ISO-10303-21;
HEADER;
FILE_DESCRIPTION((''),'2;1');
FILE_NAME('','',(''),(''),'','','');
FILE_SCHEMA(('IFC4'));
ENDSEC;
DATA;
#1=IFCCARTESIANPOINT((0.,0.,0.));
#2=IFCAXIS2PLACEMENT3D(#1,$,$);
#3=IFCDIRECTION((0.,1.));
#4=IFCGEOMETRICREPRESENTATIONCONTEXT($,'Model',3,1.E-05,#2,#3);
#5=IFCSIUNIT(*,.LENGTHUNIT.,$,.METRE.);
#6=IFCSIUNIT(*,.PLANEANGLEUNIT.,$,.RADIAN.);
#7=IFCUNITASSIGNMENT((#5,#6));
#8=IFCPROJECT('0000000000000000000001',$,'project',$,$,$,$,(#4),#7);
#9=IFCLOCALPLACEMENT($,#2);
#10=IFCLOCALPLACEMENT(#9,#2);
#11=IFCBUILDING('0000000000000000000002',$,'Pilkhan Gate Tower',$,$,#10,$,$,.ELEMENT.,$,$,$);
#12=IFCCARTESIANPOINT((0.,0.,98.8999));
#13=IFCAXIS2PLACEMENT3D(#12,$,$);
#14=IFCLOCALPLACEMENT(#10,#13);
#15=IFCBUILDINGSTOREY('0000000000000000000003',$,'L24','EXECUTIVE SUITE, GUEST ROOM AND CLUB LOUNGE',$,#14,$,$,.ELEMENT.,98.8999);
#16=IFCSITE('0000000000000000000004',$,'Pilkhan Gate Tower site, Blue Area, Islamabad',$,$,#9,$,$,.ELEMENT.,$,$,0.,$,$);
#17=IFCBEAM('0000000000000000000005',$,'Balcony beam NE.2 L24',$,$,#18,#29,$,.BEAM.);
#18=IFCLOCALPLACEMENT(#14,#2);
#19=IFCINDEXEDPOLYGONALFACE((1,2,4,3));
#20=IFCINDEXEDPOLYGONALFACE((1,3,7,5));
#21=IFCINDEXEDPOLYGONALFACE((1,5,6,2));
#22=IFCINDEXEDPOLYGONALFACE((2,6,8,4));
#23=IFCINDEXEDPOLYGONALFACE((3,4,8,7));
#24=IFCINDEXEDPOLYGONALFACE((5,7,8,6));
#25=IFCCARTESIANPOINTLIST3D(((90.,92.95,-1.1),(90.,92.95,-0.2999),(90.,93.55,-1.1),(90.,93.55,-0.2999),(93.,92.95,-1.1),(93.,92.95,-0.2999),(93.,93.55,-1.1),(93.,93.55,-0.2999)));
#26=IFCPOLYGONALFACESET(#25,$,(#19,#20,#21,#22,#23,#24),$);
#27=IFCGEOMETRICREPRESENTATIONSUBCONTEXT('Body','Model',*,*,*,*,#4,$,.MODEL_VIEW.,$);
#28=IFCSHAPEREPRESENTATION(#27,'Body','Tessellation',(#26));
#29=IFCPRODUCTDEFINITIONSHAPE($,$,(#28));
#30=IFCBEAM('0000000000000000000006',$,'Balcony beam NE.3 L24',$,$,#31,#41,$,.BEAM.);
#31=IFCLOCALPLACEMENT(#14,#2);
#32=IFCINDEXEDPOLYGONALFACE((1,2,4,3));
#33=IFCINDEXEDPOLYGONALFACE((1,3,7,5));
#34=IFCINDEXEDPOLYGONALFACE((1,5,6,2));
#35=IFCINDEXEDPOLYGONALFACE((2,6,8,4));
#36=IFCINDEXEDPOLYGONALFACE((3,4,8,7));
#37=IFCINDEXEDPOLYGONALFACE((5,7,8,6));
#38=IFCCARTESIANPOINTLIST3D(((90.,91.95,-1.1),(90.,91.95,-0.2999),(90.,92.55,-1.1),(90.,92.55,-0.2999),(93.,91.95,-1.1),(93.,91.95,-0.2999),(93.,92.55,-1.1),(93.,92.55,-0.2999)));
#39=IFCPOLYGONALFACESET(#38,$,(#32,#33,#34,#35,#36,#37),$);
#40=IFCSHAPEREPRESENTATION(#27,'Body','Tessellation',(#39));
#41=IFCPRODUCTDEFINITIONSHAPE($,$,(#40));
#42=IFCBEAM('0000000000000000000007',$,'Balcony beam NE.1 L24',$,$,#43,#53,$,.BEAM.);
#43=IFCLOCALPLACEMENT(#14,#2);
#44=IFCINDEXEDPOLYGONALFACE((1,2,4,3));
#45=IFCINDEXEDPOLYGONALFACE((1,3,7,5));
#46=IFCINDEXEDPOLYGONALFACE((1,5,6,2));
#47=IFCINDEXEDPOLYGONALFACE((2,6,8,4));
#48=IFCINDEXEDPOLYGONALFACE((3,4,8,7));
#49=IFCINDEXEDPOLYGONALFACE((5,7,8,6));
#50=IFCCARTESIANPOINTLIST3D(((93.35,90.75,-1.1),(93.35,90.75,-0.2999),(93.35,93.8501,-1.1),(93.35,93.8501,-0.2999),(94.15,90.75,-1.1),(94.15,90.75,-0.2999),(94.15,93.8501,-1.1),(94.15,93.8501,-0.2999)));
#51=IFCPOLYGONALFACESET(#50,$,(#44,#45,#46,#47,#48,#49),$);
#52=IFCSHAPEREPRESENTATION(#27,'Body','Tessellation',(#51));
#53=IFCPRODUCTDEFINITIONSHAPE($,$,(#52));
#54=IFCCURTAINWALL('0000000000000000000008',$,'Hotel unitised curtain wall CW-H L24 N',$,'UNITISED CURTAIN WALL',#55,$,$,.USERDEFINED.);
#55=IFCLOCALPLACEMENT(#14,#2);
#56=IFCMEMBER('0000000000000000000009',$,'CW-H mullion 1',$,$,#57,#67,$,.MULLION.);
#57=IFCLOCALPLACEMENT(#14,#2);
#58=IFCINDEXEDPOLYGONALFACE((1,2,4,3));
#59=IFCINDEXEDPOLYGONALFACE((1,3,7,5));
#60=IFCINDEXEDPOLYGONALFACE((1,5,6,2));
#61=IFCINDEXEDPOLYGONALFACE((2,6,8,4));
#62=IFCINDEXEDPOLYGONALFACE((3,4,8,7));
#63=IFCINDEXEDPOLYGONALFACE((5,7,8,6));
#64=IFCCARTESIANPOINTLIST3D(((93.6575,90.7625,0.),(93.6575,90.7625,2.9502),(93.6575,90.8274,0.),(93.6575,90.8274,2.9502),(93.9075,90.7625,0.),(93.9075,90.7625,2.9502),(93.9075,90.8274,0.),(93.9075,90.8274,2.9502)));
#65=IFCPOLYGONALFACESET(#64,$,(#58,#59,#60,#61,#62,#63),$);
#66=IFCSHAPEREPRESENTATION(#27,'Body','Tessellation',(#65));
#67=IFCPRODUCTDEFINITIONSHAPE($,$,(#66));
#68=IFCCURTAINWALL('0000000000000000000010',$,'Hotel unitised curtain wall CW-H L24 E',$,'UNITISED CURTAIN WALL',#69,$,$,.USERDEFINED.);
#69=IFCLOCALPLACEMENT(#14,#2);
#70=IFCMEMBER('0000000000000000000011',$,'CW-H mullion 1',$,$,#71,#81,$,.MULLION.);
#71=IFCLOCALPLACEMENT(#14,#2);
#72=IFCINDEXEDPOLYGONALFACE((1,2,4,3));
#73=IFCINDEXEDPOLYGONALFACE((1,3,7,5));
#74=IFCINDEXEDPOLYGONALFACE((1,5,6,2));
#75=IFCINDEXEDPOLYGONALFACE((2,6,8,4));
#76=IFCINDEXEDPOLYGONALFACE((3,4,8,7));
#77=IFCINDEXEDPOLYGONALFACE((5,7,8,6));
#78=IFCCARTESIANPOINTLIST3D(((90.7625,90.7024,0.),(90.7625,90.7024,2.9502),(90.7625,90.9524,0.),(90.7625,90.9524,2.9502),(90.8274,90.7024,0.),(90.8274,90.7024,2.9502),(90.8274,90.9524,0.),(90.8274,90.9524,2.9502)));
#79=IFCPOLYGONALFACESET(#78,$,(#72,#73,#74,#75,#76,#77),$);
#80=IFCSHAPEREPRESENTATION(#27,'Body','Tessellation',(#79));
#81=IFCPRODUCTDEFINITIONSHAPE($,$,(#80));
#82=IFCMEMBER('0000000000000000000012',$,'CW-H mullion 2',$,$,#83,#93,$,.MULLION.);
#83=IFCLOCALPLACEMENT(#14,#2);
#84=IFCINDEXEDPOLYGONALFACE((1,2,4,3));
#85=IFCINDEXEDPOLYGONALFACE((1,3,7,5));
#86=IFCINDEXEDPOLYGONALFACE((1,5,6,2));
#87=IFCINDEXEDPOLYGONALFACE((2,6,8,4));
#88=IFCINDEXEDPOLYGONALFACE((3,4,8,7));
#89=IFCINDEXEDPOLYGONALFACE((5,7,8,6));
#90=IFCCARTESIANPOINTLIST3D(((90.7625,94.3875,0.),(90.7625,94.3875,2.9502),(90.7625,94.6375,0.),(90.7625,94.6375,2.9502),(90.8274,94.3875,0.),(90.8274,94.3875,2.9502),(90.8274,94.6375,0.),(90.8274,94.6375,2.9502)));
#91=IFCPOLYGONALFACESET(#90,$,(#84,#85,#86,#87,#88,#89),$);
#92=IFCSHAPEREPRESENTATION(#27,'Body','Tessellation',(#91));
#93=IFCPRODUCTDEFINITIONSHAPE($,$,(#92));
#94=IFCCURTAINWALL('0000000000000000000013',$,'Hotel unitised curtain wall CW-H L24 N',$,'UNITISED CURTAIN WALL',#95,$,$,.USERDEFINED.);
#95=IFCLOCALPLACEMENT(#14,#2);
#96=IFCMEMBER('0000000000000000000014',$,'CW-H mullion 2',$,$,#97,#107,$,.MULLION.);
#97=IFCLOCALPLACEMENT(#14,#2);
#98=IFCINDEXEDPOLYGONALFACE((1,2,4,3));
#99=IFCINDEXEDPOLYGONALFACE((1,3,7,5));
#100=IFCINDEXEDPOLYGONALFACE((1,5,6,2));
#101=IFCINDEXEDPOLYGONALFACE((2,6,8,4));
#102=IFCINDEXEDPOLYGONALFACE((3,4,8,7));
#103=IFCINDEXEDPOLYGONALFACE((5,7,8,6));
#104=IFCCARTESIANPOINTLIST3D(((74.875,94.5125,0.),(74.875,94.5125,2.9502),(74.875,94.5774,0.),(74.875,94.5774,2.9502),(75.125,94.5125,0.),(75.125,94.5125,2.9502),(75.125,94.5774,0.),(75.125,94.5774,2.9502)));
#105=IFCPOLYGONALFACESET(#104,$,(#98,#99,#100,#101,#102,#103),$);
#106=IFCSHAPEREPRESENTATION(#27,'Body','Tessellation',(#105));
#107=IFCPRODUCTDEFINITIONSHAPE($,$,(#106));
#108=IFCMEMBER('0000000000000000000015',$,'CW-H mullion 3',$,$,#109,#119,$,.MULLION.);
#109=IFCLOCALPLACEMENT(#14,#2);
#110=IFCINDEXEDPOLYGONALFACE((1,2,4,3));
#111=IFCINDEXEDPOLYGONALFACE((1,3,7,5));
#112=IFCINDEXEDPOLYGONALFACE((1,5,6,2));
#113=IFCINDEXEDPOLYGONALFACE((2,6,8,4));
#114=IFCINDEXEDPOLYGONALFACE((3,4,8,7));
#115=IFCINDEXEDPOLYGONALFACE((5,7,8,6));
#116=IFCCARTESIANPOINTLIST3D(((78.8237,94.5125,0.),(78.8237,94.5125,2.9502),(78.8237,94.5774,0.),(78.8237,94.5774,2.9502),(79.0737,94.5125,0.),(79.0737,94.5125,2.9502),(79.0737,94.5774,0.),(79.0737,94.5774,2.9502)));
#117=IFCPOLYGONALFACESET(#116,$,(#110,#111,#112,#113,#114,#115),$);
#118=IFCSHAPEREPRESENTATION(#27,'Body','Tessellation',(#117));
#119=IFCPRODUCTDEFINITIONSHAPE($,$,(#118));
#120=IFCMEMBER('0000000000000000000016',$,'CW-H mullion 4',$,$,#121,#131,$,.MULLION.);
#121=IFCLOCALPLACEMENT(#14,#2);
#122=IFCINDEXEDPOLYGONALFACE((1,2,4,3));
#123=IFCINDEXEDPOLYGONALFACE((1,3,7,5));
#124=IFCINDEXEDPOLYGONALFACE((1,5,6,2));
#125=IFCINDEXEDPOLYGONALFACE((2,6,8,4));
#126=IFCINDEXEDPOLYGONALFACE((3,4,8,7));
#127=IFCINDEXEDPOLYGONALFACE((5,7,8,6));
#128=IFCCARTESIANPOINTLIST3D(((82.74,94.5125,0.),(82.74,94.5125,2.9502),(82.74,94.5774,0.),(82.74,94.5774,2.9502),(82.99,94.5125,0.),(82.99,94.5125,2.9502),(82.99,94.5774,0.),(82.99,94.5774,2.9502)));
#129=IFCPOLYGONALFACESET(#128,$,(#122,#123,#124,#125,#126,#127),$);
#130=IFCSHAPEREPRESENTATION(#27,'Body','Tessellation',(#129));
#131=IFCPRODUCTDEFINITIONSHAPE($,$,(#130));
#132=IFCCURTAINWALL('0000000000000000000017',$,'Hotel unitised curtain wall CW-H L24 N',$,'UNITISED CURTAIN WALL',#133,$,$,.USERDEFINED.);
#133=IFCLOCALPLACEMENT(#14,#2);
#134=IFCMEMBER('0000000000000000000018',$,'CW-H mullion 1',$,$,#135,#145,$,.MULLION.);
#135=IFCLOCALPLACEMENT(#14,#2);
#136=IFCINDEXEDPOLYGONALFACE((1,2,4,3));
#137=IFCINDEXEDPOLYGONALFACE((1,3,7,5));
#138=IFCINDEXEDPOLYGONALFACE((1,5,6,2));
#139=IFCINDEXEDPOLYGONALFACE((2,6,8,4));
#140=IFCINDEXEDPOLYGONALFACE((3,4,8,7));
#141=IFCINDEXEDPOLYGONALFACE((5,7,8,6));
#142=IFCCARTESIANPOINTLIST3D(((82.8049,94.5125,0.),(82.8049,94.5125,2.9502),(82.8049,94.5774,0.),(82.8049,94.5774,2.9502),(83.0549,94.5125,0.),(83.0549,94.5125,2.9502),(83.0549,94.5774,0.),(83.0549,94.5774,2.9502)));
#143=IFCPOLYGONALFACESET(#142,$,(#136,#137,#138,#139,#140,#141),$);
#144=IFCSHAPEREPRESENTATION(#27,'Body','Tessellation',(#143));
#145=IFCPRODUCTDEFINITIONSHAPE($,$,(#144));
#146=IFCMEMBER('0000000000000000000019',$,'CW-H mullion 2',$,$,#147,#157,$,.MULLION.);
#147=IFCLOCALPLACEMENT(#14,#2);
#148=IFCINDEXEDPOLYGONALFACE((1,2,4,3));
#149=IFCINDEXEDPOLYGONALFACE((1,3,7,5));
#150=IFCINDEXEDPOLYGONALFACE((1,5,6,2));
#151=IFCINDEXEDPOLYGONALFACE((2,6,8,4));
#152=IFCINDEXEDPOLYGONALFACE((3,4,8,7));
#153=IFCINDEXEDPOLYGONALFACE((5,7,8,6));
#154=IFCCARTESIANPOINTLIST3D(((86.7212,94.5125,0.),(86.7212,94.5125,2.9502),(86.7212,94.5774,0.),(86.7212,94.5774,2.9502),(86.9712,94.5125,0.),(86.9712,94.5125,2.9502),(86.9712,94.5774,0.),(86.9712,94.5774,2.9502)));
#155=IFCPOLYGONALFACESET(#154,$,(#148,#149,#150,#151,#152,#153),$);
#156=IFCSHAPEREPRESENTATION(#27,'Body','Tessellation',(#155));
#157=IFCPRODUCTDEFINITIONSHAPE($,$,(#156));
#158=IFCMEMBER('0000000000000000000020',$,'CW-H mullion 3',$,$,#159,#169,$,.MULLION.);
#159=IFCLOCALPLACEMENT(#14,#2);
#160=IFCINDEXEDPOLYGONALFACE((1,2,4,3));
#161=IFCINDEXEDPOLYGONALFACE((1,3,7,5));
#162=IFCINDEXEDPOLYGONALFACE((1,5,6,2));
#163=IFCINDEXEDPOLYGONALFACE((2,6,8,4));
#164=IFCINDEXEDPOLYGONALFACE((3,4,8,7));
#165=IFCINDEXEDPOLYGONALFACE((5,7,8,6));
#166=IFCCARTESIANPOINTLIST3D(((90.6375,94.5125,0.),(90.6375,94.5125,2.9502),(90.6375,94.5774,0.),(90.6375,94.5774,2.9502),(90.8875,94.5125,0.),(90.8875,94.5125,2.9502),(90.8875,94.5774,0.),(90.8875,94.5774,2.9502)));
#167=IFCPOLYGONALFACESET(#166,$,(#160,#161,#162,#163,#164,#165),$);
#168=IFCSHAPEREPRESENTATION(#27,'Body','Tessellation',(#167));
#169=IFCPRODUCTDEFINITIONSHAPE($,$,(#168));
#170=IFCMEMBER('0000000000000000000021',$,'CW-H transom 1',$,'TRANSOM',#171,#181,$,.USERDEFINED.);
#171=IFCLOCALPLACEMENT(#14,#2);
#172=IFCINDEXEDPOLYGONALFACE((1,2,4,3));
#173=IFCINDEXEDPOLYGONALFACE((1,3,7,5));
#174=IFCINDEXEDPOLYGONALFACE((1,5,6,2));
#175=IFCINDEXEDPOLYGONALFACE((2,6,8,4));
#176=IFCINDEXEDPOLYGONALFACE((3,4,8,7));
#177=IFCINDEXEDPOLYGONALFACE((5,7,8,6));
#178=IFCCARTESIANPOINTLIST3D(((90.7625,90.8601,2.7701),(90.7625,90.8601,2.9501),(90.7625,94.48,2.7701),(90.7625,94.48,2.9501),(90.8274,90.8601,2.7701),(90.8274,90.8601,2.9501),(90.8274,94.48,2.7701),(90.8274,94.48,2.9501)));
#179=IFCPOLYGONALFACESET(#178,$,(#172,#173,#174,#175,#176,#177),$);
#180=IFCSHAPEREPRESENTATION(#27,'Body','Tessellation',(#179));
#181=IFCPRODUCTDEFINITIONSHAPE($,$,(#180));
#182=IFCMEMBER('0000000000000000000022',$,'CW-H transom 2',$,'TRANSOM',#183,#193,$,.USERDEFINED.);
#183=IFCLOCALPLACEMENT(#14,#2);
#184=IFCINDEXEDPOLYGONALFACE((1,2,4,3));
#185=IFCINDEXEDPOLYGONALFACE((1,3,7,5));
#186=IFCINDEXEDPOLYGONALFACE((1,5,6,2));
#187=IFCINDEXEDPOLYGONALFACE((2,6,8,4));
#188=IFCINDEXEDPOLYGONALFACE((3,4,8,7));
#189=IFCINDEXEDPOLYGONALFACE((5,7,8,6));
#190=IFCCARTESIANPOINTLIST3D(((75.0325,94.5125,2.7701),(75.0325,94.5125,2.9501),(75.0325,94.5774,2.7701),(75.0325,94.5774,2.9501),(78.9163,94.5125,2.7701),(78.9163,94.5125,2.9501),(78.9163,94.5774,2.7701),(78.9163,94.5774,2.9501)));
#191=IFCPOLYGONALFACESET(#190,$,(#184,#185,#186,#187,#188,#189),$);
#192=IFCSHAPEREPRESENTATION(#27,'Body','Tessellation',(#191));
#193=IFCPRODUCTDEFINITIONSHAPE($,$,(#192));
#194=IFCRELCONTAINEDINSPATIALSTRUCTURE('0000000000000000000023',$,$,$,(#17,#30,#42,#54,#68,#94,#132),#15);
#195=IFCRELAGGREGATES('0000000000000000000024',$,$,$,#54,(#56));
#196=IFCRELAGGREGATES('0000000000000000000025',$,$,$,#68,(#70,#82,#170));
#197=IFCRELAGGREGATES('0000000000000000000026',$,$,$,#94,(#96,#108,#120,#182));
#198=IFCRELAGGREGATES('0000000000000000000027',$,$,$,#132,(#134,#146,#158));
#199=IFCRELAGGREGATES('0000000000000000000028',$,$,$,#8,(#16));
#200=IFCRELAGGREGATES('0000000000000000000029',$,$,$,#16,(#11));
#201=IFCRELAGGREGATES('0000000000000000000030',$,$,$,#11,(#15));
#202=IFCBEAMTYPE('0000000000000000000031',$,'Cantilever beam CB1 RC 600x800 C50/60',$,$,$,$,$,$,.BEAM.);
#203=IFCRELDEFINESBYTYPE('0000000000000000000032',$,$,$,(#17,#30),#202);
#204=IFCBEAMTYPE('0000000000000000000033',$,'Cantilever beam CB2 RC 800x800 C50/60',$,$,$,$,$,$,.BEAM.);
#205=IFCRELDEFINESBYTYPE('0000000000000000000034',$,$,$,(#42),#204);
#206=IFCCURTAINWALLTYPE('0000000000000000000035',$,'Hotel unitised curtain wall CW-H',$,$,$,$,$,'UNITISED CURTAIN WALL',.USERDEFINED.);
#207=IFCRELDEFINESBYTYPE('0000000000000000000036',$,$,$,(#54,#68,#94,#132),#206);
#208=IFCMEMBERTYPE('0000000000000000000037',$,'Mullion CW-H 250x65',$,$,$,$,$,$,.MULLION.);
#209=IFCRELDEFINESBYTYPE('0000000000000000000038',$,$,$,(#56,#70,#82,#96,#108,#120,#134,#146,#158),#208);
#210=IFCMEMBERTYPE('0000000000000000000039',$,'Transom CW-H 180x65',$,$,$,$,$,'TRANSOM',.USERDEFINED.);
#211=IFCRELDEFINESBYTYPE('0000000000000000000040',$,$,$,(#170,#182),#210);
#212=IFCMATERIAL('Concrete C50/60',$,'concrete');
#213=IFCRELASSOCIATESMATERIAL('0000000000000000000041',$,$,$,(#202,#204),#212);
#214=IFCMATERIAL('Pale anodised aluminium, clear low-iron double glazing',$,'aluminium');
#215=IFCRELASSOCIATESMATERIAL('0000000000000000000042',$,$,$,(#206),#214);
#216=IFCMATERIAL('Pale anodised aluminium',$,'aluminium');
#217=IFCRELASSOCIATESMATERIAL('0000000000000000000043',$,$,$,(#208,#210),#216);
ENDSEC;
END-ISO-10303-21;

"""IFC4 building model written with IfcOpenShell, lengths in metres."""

from ifc_helpers import new_model, si_unit, direction, frame, origin, origin_2d, place, context, subcontext, project, spatial, rectangle, extrude, material, material_profile, profile_set, type_object, element, aggregate, save


model = new_model("IFC4")

# Units and contexts
model_context = context("Model", 3, precision=1e-05, world=origin(), true_north=direction((0.0, 1.0)))
body_context = subcontext(model_context, "Body", "Model", "MODEL_VIEW")
ifc_project = project(units=[si_unit("LENGTHUNIT", "METRE"), si_unit("PLANEANGLEUNIT", "RADIAN")], contexts=[model_context])

# Site, building, storey
site_placement = place(None, origin())
site = spatial("IfcSite", under=ifc_project, at=site_placement, Name="Pilkhan Gate Tower site, Blue Area, Islamabad", CompositionType="ELEMENT", RefElevation=0.0)
building_placement = place(site_placement, origin())
building = spatial("IfcBuilding", under=site, at=building_placement, Name="Pilkhan Gate Tower", CompositionType="ELEMENT")
storey_placement = place(building_placement, frame((0.0, 0.0, 98.8999)))
storey = spatial("IfcBuildingStorey", under=building, at=storey_placement, Name="L24", Description="EXECUTIVE SUITE, GUEST ROOM AND CLUB LOUNGE", CompositionType="ELEMENT", Elevation=98.8999)

# Beams
ifc_material_1 = material(Name="Concrete C50/60", Category="concrete")
ifc_material_profile_1 = material_profile(ifc_material_1, rectangle(XDim=0.6001, YDim=0.8, at=origin_2d()), Name="RC 600x800")
ifc_profile_set_1 = profile_set([ifc_material_profile_1], Name="Concrete C50/60")
beam_type_1 = type_object("IfcBeamType", Name="Cantilever beam CB1 RC 600x800 C50/60", PredefinedType="BEAM", material=ifc_profile_set_1)
for number, where, z_axis, x_axis, name in (
    (1, (90.0, 93.25, -0.7), (1.0, 0.0, 0.0), (0.0, 1.0, 0.0), "Balcony beam NE.2 L24"),
    (2, (90.0, 92.25, -0.7), (1.0, 0.0, 0.0), (0.0, 1.0, 0.0), "Balcony beam NE.3 L24"),
):
    element("IfcBeam", number, at=place(storey_placement, frame(where, z_axis=z_axis, x_axis=x_axis)), inside=storey, type_object=beam_type_1, Name=name, PredefinedType="BEAM", context=body_context, shape_type="SweptSolid", body=[
        extrude(rectangle(XDim=0.6001, YDim=0.8, at=origin_2d()), origin(), (0.0, 0.0, 1.0), 3.0),
    ])
ifc_material_profile_2 = material_profile(ifc_material_1, rectangle(XDim=0.8, YDim=0.8, at=origin_2d()), Name="RC 800x800")
ifc_profile_set_2 = profile_set([ifc_material_profile_2], Name="Concrete C50/60")
beam_type_2 = type_object("IfcBeamType", Name="Cantilever beam CB2 RC 800x800 C50/60", PredefinedType="BEAM", material=ifc_profile_set_2)
beam_placement = place(storey_placement, frame((93.75, 90.75, -0.7), z_axis=(0.0, 1.0, 0.0), x_axis=(-1.0, 0.0, 0.0)))
element("IfcBeam", 3, at=beam_placement, inside=storey, type_object=beam_type_2, Name="Balcony beam NE.1 L24", PredefinedType="BEAM", context=body_context, shape_type="SweptSolid", body=[
    extrude(rectangle(XDim=0.8, YDim=0.8, at=origin_2d()), origin(), (0.0, 0.0, 1.0), 3.1001),
])

# Curtain wall, member
ifc_material_2 = material(Name="Pale anodised aluminium, clear low-iron double glazing", Category="aluminium")
curtain_wall_type = type_object("IfcCurtainWallType", Name="Hotel unitised curtain wall CW-H", ElementType="UNITISED CURTAIN WALL", PredefinedType="USERDEFINED", material=ifc_material_2)
curtain_wall_1_placement = place(storey_placement, origin())
curtain_wall_1 = element("IfcCurtainWall", 4, at=curtain_wall_1_placement, inside=storey, type_object=curtain_wall_type, Name="Hotel unitised curtain wall CW-H L24 N", ObjectType="UNITISED CURTAIN WALL", PredefinedType="USERDEFINED")
ifc_material_3 = material(Name="Pale anodised aluminium", Category="aluminium")
ifc_material_profile_3 = material_profile(ifc_material_3, rectangle(XDim=0.0649, YDim=0.25, at=origin_2d()), Name="Mullion 250x65")
ifc_profile_set_3 = profile_set([ifc_material_profile_3], Name="Pale anodised aluminium")
member_type_1 = type_object("IfcMemberType", Name="Mullion CW-H 250x65", PredefinedType="MULLION", material=ifc_profile_set_3)
member_1_placement = place(storey_placement, frame((93.7825, 90.7949, 0.0), z_axis=(0.0, 0.0, 1.0), x_axis=(0.0, 1.0, 0.0)))
member_1 = element("IfcMember", 5, at=member_1_placement, type_object=member_type_1, Name="CW-H mullion 1", PredefinedType="MULLION", context=body_context, shape_type="SweptSolid", body=[
    extrude(rectangle(XDim=0.0649, YDim=0.25, at=origin_2d()), origin(), (0.0, 0.0, 1.0), 2.9502),
])
aggregate(curtain_wall_1, [member_1])

# Curtain walls, members
curtain_wall_2_placement = place(storey_placement, origin())
curtain_wall_2 = element("IfcCurtainWall", 6, at=curtain_wall_2_placement, inside=storey, type_object=curtain_wall_type, Name="Hotel unitised curtain wall CW-H L24 E", ObjectType="UNITISED CURTAIN WALL", PredefinedType="USERDEFINED")
member_2_placement = place(storey_placement, frame((90.7949, 90.8274, 0.0), z_axis=(0.0, 0.0, 1.0), x_axis=(-1.0, 0.0, 0.0)))
member_2 = element("IfcMember", 7, at=member_2_placement, type_object=member_type_1, Name="CW-H mullion 1", PredefinedType="MULLION", context=body_context, shape_type="SweptSolid", body=[
    extrude(rectangle(XDim=0.0649, YDim=0.25, at=origin_2d()), origin(), (0.0, 0.0, 1.0), 2.9502),
])
member_3_placement = place(storey_placement, frame((90.7949, 94.5125, 0.0), z_axis=(0.0, 0.0, 1.0), x_axis=(-1.0, 0.0, 0.0)))
member_3 = element("IfcMember", 8, at=member_3_placement, type_object=member_type_1, Name="CW-H mullion 2", PredefinedType="MULLION", context=body_context, shape_type="SweptSolid", body=[
    extrude(rectangle(XDim=0.0649, YDim=0.25, at=origin_2d()), origin(), (0.0, 0.0, 1.0), 2.9502),
])
curtain_wall_3_placement = place(storey_placement, origin())
curtain_wall_3 = element("IfcCurtainWall", 9, at=curtain_wall_3_placement, inside=storey, type_object=curtain_wall_type, Name="Hotel unitised curtain wall CW-H L24 N", ObjectType="UNITISED CURTAIN WALL", PredefinedType="USERDEFINED")
member_4_placement = place(storey_placement, frame((75.0, 94.5449, 0.0), z_axis=(0.0, 0.0, 1.0), x_axis=(0.0, 1.0, 0.0)))
member_4 = element("IfcMember", 10, at=member_4_placement, type_object=member_type_1, Name="CW-H mullion 2", PredefinedType="MULLION", context=body_context, shape_type="SweptSolid", body=[
    extrude(rectangle(XDim=0.0649, YDim=0.25, at=origin_2d()), origin(), (0.0, 0.0, 1.0), 2.9502),
])
member_5_placement = place(storey_placement, frame((78.9487, 94.5449, 0.0), z_axis=(0.0, 0.0, 1.0), x_axis=(0.0, 1.0, 0.0)))
member_5 = element("IfcMember", 11, at=member_5_placement, type_object=member_type_1, Name="CW-H mullion 3", PredefinedType="MULLION", context=body_context, shape_type="SweptSolid", body=[
    extrude(rectangle(XDim=0.0649, YDim=0.25, at=origin_2d()), origin(), (0.0, 0.0, 1.0), 2.9502),
])
member_6_placement = place(storey_placement, frame((82.865, 94.5449, 0.0), z_axis=(0.0, 0.0, 1.0), x_axis=(0.0, 1.0, 0.0)))
member_6 = element("IfcMember", 12, at=member_6_placement, type_object=member_type_1, Name="CW-H mullion 4", PredefinedType="MULLION", context=body_context, shape_type="SweptSolid", body=[
    extrude(rectangle(XDim=0.0649, YDim=0.25, at=origin_2d()), origin(), (0.0, 0.0, 1.0), 2.9502),
])
curtain_wall_4_placement = place(storey_placement, origin())
curtain_wall_4 = element("IfcCurtainWall", 13, at=curtain_wall_4_placement, inside=storey, type_object=curtain_wall_type, Name="Hotel unitised curtain wall CW-H L24 N", ObjectType="UNITISED CURTAIN WALL", PredefinedType="USERDEFINED")
member_7_placement = place(storey_placement, frame((82.9299, 94.5449, 0.0), z_axis=(0.0, 0.0, 1.0), x_axis=(0.0, 1.0, 0.0)))
member_7 = element("IfcMember", 14, at=member_7_placement, type_object=member_type_1, Name="CW-H mullion 1", PredefinedType="MULLION", context=body_context, shape_type="SweptSolid", body=[
    extrude(rectangle(XDim=0.0649, YDim=0.25, at=origin_2d()), origin(), (0.0, 0.0, 1.0), 2.9502),
])
member_8_placement = place(storey_placement, frame((86.8462, 94.5449, 0.0), z_axis=(0.0, 0.0, 1.0), x_axis=(0.0, 1.0, 0.0)))
member_8 = element("IfcMember", 15, at=member_8_placement, type_object=member_type_1, Name="CW-H mullion 2", PredefinedType="MULLION", context=body_context, shape_type="SweptSolid", body=[
    extrude(rectangle(XDim=0.0649, YDim=0.25, at=origin_2d()), origin(), (0.0, 0.0, 1.0), 2.9502),
])
member_9_placement = place(storey_placement, frame((90.7625, 94.5449, 0.0), z_axis=(0.0, 0.0, 1.0), x_axis=(0.0, 1.0, 0.0)))
member_9 = element("IfcMember", 16, at=member_9_placement, type_object=member_type_1, Name="CW-H mullion 3", PredefinedType="MULLION", context=body_context, shape_type="SweptSolid", body=[
    extrude(rectangle(XDim=0.0649, YDim=0.25, at=origin_2d()), origin(), (0.0, 0.0, 1.0), 2.9502),
])

# Members
ifc_material_profile_4 = material_profile(ifc_material_3, rectangle(XDim=0.0649, YDim=0.1799, at=origin_2d()), Name="Transom 180x65")
ifc_profile_set_4 = profile_set([ifc_material_profile_4], Name="Pale anodised aluminium")
member_type_2 = type_object("IfcMemberType", Name="Transom CW-H 180x65", ElementType="TRANSOM", PredefinedType="USERDEFINED", material=ifc_profile_set_4)
member_10_placement = place(storey_placement, frame((90.7949, 90.8601, 2.8601), z_axis=(0.0, 1.0, 0.0), x_axis=(-1.0, 0.0, 0.0)))
member_10 = element("IfcMember", 17, at=member_10_placement, type_object=member_type_2, Name="CW-H transom 1", ObjectType="TRANSOM", PredefinedType="USERDEFINED", context=body_context, shape_type="SweptSolid", body=[
    extrude(rectangle(XDim=0.0649, YDim=0.1799, at=origin_2d()), origin(), (0.0, 0.0, 1.0), 3.6199),
])
member_11_placement = place(storey_placement, frame((75.0325, 94.5449, 2.8601), z_axis=(1.0, 0.0, 0.0), x_axis=(0.0, 1.0, 0.0)))
member_11 = element("IfcMember", 18, at=member_11_placement, type_object=member_type_2, Name="CW-H transom 2", ObjectType="TRANSOM", PredefinedType="USERDEFINED", context=body_context, shape_type="SweptSolid", body=[
    extrude(rectangle(XDim=0.0649, YDim=0.1799, at=origin_2d()), origin(), (0.0, 0.0, 1.0), 3.8838),
])

aggregate(curtain_wall_2, [member_2, member_3, member_10])
aggregate(curtain_wall_3, [member_4, member_5, member_6, member_11])
aggregate(curtain_wall_4, [member_7, member_8, member_9])

save(model, "model.ifc")
